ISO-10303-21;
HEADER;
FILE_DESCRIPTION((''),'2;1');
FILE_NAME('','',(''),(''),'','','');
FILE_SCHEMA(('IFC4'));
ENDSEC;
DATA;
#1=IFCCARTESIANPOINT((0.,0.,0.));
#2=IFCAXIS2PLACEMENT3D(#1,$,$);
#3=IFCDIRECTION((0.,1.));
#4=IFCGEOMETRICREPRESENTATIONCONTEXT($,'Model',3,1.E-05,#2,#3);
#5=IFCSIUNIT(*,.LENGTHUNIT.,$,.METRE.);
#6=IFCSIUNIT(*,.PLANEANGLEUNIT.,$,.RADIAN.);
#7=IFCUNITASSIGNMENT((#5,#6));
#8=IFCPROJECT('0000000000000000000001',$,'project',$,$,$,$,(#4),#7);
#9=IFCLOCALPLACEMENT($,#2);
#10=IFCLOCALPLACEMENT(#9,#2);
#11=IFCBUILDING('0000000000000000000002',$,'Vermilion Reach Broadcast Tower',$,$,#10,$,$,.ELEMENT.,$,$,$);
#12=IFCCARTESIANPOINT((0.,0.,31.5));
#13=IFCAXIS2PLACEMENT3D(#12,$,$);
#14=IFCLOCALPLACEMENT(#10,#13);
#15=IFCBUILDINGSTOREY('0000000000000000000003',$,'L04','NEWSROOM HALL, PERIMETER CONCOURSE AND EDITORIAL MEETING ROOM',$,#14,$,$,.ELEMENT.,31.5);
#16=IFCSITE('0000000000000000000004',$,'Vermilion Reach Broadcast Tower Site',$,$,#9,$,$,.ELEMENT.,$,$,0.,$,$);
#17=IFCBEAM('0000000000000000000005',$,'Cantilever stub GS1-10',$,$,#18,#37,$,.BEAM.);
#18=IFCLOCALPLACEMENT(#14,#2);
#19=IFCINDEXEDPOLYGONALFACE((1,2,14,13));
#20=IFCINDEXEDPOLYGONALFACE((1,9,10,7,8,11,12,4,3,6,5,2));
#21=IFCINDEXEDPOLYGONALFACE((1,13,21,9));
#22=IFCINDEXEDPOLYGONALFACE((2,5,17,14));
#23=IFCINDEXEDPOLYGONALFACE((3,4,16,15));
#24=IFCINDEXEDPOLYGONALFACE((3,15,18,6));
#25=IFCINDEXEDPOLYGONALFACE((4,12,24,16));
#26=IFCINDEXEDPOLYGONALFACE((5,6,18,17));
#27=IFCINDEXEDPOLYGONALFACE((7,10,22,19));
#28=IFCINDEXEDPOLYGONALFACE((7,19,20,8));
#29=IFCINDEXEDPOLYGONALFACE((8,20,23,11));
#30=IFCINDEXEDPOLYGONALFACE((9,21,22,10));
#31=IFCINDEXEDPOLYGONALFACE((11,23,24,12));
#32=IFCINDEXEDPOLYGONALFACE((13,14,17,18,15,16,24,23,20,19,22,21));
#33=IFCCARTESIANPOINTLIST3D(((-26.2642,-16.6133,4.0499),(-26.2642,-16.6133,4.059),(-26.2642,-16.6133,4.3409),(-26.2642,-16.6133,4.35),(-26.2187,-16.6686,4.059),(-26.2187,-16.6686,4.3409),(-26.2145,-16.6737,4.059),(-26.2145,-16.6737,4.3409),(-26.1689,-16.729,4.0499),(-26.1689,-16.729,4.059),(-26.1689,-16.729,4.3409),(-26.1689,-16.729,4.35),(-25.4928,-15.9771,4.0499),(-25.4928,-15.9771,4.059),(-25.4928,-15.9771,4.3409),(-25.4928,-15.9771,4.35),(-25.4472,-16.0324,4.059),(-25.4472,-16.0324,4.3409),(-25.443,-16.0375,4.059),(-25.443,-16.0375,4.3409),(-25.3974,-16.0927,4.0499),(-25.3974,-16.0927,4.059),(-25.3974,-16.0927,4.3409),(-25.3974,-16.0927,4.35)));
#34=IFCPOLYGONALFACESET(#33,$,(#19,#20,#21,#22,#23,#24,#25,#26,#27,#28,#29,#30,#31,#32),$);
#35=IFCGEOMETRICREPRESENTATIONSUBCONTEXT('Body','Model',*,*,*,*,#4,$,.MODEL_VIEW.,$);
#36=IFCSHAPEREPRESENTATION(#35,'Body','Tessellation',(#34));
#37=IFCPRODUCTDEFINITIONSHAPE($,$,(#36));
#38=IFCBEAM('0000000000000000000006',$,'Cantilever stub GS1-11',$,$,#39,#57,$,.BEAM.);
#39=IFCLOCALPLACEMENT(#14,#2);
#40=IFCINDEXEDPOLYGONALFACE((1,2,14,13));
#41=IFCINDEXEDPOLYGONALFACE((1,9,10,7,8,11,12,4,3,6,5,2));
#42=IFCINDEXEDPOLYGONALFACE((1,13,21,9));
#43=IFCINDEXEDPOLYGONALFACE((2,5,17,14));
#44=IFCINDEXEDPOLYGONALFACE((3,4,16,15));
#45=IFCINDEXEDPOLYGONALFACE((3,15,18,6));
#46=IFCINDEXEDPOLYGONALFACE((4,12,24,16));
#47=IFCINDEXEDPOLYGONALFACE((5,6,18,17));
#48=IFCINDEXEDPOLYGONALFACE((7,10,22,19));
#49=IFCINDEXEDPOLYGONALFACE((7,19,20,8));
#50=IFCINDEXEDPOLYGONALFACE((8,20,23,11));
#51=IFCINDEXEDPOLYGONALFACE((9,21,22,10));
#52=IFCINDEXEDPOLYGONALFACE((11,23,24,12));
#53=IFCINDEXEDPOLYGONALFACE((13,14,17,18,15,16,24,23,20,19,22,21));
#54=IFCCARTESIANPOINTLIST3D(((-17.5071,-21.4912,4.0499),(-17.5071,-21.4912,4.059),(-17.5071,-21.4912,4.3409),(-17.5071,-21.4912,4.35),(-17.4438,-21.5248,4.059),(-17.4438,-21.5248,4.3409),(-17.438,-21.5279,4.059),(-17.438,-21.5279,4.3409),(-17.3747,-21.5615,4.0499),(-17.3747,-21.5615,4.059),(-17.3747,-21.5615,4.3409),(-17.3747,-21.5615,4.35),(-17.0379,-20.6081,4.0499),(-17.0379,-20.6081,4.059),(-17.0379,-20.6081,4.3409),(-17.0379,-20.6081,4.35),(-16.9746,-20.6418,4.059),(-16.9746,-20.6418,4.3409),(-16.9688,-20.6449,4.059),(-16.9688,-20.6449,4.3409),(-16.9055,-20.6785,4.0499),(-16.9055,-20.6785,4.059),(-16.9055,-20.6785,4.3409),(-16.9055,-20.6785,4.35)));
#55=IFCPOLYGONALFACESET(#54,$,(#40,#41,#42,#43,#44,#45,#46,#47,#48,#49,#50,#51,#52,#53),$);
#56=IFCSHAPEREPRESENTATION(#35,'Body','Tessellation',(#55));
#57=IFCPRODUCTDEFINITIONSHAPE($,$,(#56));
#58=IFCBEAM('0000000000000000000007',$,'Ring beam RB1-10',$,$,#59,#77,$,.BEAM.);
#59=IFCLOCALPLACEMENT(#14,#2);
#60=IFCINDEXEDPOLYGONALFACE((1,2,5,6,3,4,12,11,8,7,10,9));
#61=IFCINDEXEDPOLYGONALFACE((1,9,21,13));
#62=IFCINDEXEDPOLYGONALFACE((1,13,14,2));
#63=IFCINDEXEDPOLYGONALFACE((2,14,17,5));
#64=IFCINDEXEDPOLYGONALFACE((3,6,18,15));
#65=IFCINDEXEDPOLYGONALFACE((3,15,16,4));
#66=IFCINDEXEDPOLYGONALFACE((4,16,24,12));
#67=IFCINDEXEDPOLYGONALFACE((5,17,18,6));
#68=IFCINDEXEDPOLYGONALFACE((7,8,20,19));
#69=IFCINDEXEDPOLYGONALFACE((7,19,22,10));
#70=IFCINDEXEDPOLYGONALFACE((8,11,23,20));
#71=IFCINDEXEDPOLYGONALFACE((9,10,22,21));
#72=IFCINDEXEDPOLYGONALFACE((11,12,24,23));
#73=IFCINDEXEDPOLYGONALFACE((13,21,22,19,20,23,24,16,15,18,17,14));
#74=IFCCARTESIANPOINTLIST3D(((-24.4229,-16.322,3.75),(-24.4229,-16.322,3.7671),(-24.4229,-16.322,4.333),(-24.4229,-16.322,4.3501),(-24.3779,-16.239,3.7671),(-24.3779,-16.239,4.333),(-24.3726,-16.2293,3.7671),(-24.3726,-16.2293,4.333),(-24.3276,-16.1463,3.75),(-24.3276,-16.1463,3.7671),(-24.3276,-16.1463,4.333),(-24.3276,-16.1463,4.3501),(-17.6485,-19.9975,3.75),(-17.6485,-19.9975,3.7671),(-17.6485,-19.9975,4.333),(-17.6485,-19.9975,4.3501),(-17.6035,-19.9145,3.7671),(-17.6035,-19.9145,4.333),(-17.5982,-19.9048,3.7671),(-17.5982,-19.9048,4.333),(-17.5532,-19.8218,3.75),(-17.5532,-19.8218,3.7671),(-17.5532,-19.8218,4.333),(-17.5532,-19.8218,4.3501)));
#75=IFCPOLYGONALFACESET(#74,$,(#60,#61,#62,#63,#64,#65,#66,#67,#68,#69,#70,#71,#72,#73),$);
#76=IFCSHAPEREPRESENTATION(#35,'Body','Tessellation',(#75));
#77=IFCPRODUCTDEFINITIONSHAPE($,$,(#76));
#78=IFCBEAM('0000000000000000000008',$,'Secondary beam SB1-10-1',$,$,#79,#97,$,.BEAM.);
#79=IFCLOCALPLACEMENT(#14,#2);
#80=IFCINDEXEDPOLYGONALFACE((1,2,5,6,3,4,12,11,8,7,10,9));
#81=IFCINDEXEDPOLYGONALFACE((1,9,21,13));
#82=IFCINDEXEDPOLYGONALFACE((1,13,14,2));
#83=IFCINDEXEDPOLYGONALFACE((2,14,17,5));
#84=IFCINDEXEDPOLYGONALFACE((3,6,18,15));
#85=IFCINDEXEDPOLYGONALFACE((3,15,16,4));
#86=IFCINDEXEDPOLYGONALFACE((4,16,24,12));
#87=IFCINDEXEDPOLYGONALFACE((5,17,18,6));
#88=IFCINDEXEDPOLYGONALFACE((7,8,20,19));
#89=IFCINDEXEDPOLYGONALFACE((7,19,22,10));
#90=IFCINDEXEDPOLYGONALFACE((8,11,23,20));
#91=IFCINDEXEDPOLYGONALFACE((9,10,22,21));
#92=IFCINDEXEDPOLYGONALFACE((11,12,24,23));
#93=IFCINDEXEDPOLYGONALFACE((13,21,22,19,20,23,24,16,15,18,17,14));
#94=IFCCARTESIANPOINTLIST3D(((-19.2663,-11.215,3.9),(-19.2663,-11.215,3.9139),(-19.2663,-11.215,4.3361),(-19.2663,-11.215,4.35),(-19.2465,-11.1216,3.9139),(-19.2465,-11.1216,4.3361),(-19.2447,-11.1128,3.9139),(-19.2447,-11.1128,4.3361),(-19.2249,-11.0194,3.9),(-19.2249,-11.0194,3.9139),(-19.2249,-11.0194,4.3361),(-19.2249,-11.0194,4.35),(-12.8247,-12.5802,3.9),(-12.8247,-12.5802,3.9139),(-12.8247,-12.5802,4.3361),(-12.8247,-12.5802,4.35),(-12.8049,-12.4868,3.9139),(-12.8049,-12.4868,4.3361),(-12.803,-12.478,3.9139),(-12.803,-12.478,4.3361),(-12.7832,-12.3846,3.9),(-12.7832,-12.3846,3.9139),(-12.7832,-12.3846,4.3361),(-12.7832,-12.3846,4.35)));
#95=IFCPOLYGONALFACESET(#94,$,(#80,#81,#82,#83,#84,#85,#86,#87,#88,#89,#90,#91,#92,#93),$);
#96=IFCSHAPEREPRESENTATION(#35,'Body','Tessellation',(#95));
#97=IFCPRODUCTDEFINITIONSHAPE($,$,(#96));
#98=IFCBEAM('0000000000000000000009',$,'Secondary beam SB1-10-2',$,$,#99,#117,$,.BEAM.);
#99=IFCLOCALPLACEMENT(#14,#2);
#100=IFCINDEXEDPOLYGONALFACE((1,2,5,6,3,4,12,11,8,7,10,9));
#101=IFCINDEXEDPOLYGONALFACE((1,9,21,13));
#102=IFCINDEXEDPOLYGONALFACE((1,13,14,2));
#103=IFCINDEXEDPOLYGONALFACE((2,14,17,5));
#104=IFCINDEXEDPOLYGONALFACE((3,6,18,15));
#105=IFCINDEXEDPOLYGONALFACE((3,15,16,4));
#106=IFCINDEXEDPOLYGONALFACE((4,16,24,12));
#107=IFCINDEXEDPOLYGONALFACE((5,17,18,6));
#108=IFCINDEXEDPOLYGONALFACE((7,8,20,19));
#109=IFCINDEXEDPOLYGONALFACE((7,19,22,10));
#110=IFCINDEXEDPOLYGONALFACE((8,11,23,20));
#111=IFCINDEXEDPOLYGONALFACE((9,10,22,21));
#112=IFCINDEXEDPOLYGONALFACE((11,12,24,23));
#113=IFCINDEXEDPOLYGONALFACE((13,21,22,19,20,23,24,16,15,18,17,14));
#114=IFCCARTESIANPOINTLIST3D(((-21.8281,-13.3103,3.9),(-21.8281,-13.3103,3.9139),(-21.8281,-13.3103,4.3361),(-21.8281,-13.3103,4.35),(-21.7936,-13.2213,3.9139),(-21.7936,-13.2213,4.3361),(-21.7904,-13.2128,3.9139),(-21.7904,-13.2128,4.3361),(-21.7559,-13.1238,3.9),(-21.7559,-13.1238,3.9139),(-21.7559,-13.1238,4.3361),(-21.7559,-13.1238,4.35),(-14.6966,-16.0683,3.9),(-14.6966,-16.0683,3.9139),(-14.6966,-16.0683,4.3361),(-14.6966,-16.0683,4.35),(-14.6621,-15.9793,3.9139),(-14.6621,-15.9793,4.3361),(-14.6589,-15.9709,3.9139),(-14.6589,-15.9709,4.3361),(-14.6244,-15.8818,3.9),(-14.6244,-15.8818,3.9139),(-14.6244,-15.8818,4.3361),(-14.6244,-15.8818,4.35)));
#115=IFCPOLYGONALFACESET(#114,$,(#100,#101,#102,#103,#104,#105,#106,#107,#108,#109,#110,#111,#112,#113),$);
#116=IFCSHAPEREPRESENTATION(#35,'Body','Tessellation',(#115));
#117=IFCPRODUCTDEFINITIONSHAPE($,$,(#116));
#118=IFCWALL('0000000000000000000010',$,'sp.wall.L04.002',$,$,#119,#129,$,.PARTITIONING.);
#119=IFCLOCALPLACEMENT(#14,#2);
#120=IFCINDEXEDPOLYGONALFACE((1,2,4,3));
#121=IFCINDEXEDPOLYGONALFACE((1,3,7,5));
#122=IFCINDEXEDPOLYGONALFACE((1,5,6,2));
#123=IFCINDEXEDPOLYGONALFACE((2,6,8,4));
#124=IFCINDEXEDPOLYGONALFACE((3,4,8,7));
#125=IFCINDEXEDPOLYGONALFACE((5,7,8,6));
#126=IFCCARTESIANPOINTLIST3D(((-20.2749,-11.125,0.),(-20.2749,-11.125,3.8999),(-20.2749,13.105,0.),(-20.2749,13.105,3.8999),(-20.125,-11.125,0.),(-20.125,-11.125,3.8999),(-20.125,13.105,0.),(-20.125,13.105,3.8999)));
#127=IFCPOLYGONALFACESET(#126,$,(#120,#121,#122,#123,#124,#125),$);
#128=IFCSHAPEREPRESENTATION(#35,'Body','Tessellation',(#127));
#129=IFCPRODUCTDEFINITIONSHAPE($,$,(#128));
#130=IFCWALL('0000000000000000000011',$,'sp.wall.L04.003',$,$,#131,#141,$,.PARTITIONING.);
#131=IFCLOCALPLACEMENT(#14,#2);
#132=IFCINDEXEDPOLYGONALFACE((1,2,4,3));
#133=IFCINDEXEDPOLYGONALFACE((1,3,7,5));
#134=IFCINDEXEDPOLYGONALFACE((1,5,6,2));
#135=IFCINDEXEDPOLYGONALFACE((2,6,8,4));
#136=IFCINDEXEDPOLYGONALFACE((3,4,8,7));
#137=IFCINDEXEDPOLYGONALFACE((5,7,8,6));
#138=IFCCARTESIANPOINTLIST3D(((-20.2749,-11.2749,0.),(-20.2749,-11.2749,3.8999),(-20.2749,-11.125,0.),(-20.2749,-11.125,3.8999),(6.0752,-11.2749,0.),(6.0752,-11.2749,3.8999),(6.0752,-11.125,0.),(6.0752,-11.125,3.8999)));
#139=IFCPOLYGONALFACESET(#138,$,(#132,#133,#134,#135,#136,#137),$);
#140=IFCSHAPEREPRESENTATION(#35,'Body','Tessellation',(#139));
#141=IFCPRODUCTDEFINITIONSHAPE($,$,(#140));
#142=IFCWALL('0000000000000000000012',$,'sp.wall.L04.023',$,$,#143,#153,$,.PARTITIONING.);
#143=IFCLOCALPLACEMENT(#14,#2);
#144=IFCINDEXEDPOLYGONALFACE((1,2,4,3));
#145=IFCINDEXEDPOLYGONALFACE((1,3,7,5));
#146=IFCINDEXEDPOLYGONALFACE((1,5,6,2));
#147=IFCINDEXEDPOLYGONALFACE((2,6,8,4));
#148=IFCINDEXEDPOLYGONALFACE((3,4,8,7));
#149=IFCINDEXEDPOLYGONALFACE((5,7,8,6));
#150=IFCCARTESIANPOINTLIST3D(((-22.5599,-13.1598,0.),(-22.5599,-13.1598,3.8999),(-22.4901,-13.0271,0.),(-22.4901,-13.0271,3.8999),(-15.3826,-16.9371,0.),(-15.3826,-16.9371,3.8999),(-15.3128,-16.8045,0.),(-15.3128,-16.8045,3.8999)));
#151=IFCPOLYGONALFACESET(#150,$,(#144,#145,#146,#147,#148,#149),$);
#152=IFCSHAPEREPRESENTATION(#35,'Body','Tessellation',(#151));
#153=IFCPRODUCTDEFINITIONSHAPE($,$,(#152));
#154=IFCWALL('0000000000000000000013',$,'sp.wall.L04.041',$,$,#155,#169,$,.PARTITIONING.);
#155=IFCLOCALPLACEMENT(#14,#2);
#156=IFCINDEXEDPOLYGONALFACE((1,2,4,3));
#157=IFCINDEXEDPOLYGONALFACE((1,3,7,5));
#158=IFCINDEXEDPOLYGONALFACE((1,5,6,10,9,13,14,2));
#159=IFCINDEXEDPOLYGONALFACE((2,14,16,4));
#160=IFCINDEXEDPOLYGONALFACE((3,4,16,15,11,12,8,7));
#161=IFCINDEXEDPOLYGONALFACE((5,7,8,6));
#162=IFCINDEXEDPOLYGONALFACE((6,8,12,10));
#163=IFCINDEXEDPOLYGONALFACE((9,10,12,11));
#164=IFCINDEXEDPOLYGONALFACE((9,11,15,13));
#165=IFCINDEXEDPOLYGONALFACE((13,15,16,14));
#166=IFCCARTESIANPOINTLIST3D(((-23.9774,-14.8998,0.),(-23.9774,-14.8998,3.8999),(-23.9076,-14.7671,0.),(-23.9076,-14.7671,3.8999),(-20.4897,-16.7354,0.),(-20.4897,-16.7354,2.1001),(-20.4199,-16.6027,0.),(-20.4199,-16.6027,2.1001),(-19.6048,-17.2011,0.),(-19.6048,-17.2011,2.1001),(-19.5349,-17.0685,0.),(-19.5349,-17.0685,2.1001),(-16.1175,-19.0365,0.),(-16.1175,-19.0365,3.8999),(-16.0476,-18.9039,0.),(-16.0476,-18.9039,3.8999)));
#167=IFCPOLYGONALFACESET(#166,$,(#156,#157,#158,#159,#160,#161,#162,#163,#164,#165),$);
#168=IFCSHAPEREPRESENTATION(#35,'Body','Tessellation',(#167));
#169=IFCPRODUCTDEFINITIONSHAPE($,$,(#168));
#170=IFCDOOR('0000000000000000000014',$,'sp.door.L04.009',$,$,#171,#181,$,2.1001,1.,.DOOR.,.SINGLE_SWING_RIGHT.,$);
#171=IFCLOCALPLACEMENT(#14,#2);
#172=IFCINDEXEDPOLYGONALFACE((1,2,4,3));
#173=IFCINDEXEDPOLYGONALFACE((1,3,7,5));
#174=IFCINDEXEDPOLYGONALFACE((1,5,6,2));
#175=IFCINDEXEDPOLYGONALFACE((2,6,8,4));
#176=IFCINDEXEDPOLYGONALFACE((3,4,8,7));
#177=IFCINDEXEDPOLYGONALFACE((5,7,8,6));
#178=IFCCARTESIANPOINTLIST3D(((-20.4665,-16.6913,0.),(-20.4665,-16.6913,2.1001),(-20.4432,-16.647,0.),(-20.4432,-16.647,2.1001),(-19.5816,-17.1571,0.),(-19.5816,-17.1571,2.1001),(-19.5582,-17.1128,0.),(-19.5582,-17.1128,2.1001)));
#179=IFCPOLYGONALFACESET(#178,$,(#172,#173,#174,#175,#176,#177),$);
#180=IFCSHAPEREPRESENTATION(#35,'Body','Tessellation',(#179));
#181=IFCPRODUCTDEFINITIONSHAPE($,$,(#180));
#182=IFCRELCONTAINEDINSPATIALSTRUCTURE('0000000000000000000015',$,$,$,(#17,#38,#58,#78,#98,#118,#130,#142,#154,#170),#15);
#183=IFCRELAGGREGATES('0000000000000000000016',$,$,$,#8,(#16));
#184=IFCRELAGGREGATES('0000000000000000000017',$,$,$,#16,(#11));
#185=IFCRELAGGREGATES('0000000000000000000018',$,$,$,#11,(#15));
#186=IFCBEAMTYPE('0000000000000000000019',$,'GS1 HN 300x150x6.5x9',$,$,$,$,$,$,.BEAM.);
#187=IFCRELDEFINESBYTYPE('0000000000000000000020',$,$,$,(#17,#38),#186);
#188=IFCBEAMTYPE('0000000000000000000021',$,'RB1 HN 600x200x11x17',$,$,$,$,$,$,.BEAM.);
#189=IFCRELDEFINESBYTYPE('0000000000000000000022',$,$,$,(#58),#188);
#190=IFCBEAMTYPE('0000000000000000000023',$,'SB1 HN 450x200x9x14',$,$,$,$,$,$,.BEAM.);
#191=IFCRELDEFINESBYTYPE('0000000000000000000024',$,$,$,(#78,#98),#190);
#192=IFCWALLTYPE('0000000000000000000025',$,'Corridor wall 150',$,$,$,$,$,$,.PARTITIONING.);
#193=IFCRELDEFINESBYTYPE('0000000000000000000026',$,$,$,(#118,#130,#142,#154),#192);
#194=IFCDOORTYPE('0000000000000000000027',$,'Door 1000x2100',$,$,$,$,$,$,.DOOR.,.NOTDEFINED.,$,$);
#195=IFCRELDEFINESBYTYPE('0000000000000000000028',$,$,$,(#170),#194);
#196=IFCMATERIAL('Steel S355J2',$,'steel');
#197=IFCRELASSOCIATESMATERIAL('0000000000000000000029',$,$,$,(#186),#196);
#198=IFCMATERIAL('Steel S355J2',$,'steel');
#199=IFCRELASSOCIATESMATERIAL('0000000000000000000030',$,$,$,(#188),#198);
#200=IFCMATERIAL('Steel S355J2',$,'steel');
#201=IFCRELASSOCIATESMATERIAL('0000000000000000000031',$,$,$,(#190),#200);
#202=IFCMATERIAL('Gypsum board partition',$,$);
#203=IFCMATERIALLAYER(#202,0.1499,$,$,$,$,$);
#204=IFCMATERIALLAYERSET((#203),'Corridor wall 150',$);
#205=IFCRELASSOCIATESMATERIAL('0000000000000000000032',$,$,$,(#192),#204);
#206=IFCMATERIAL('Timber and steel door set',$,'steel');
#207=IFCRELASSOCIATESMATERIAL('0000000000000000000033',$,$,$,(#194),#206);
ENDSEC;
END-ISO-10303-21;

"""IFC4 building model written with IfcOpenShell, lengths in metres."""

from ifc_helpers import new_model, si_unit, direction, frame, frame_2d, origin, origin_2d, place, context, subcontext, project, spatial, rectangle, i_section, extrude, material, layer, layer_set, material_profile, profile_set, type_object, element, fill, save


model = new_model("IFC4")

# Units and contexts
model_context = context("Model", 3, precision=1e-05, world=origin(), true_north=direction((0.0, 1.0)))
body_context = subcontext(model_context, "Body", "Model", "MODEL_VIEW")
ifc_project = project(units=[si_unit("LENGTHUNIT", "METRE"), si_unit("PLANEANGLEUNIT", "RADIAN")], contexts=[model_context])

# Site, building, storey
site_placement = place(None, origin())
site = spatial("IfcSite", under=ifc_project, at=site_placement, Name="Vermilion Reach Broadcast Tower Site", CompositionType="ELEMENT", RefElevation=0.0)
building_placement = place(site_placement, origin())
building = spatial("IfcBuilding", under=site, at=building_placement, Name="Vermilion Reach Broadcast Tower", CompositionType="ELEMENT")
storey_placement = place(building_placement, frame((0.0, 0.0, 31.5)))
storey = spatial("IfcBuildingStorey", under=building, at=storey_placement, Name="L04", Description="NEWSROOM HALL, PERIMETER CONCOURSE AND EDITORIAL MEETING ROOM", CompositionType="ELEMENT", Elevation=31.5)

# Beams
ifc_material_1 = material(Name="Steel S355J2", Category="steel")
ifc_material_profile_1 = material_profile(ifc_material_1, i_section(OverallWidth=0.1499, OverallDepth=0.3, WebThickness=0.0066, FlangeThickness=0.009, at=origin_2d()), Name="S355J2 HN 300x150x6.5x9")
ifc_profile_set_1 = profile_set([ifc_material_profile_1], Name="Steel S355J2")
beam_type_1 = type_object("IfcBeamType", Name="GS1 HN 300x150x6.5x9", PredefinedType="BEAM", material=ifc_profile_set_1)
for number, where, z_axis, x_axis, name in (
    (1, (-25.4451, -16.0349, 4.2), (-0.771493, -0.636238, 0.0), (0.636238, -0.771493, 0.0), "Cantilever stub GS1-10"),
    (2, (-16.9717, -20.6433, 4.2), (-0.469244, -0.883068, 0.0), (0.883068, -0.469244, 0.0), "Cantilever stub GS1-11"),
):
    element("IfcBeam", number, at=place(storey_placement, frame(where, z_axis=z_axis, x_axis=x_axis)), inside=storey, type_object=beam_type_1, Name=name, PredefinedType="BEAM", context=body_context, shape_type="SweptSolid", body=[
        extrude(i_section(OverallWidth=0.1499, OverallDepth=0.3, WebThickness=0.0066, FlangeThickness=0.009, at=origin_2d()), origin(), (0.0, 0.0, 1.0), 1.0),
    ])
ifc_material_2 = material(Name="Steel S355J2", Category="steel")
ifc_material_profile_2 = material_profile(ifc_material_2, i_section(OverallWidth=0.2, OverallDepth=0.6001, WebThickness=0.011, FlangeThickness=0.0171, at=origin_2d()), Name="S355J2 HN 600x200x11x17")
ifc_profile_set_2 = profile_set([ifc_material_profile_2], Name="Steel S355J2")
beam_type_2 = type_object("IfcBeamType", Name="RB1 HN 600x200x11x17", PredefinedType="BEAM", material=ifc_profile_set_2)
beam_1_placement = place(storey_placement, frame((-24.3752, -16.2341, 4.05), z_axis=(0.878962, -0.476891, 0.0), x_axis=(0.476891, 0.878962, 0.0)))
element("IfcBeam", 3, at=beam_1_placement, inside=storey, type_object=beam_type_2, Name="Ring beam RB1-10", PredefinedType="BEAM", context=body_context, shape_type="SweptSolid", body=[
    extrude(i_section(OverallWidth=0.2, OverallDepth=0.6001, WebThickness=0.011, FlangeThickness=0.0171, at=origin_2d()), origin(), (0.0, 0.0, 1.0), 7.7073),
])
ifc_material_3 = material(Name="Steel S355J2", Category="steel")
ifc_material_profile_3 = material_profile(ifc_material_3, i_section(OverallWidth=0.2, OverallDepth=0.45, WebThickness=0.009, FlangeThickness=0.0139, at=origin_2d()), Name="S355J2 HN 450x200x9x14")
ifc_profile_set_3 = profile_set([ifc_material_profile_3], Name="Steel S355J2")
beam_type_3 = type_object("IfcBeamType", Name="SB1 HN 450x200x9x14", PredefinedType="BEAM", material=ifc_profile_set_3)
beam_2_placement = place(storey_placement, frame((-19.2456, -11.1172, 4.125), z_axis=(0.97827, -0.207333, 0.0), x_axis=(0.207333, 0.97827, 0.0)))
element("IfcBeam", 4, at=beam_2_placement, inside=storey, type_object=beam_type_3, Name="Secondary beam SB1-10-1", PredefinedType="BEAM", context=body_context, shape_type="SweptSolid", body=[
    extrude(i_section(OverallWidth=0.2, OverallDepth=0.45, WebThickness=0.009, FlangeThickness=0.0139, at=origin_2d()), origin(), (0.0, 0.0, 1.0), 6.5847),
])
beam_3_placement = place(storey_placement, frame((-21.792, -13.217, 4.125), z_axis=(0.932681, -0.360703, 0.0), x_axis=(0.360703, 0.932681, 0.0)))
element("IfcBeam", 5, at=beam_3_placement, inside=storey, type_object=beam_type_3, Name="Secondary beam SB1-10-2", PredefinedType="BEAM", context=body_context, shape_type="SweptSolid", body=[
    extrude(i_section(OverallWidth=0.2, OverallDepth=0.45, WebThickness=0.009, FlangeThickness=0.0139, at=origin_2d()), origin(), (0.0, 0.0, 1.0), 7.6462),
])

# Walls
ifc_material_4 = material(Name="Gypsum board partition")
ifc_layer_1 = layer(ifc_material_4, 0.1499)
ifc_layer_set_1 = layer_set([ifc_layer_1], Name="Corridor wall 150")
wall_type_1 = type_object("IfcWallType", Name="Corridor wall 150", PredefinedType="PARTITIONING", material=ifc_layer_set_1)
wall_1_placement = place(storey_placement, frame((-20.2, -11.125, 0.0), z_axis=(0.0, 0.0, 1.0), x_axis=(0.0, 1.0, 0.0)))
element("IfcWall", 6, at=wall_1_placement, inside=storey, type_object=wall_type_1, Name="sp.wall.L04.002", PredefinedType="PARTITIONING", context=body_context, shape_type="SweptSolid", body=[
    extrude(rectangle(XDim=24.23, YDim=0.1499, at=frame_2d((12.115, 0.0))), origin(), (0.0, 0.0, 1.0), 3.8999),
])
wall_2_placement = place(storey_placement, frame((-20.2749, -11.2, 0.0), z_axis=(0.0, 0.0, 1.0), x_axis=(1.0, 0.0, 0.0)))
element("IfcWall", 7, at=wall_2_placement, inside=storey, type_object=wall_type_1, Name="sp.wall.L04.003", PredefinedType="PARTITIONING", context=body_context, shape_type="SweptSolid", body=[
    extrude(rectangle(XDim=26.3501, YDim=0.1499, at=frame_2d((13.175, 0.0))), origin(), (0.0, 0.0, 1.0), 3.8999),
])
wall_3_placement = place(storey_placement, frame((-22.5249, -13.0935, 0.0), z_axis=(0.0, 0.0, 1.0), x_axis=(0.884926, -0.465732, 0.0)))
element("IfcWall", 8, at=wall_3_placement, inside=storey, type_object=wall_type_1, Name="sp.wall.L04.023", PredefinedType="PARTITIONING", context=body_context, shape_type="SweptSolid", body=[
    extrude(rectangle(XDim=8.1106, YDim=0.1499, at=frame_2d((4.0552, 0.0))), origin(), (0.0, 0.0, 1.0), 3.8999),
])

# Wall, opening, door
wall_4_placement = place(storey_placement, frame((-23.9424, -14.8335, 0.0), z_axis=(0.0, 0.0, 1.0), x_axis=(0.884921, -0.465742, 0.0)))
wall_4 = element("IfcWall", 9, at=wall_4_placement, inside=storey, type_object=wall_type_1, Name="sp.wall.L04.041", PredefinedType="PARTITIONING", context=body_context, shape_type="SweptSolid", body=[
    extrude(rectangle(XDim=8.8821, YDim=0.1499, at=frame_2d((4.4409, 0.0))), origin(), (0.0, 0.0, 1.0), 3.8999),
])
opening_1_placement = place(wall_4_placement, frame((3.9412, 0.0, 0.0)))
opening_1 = element("IfcOpeningElement", 10, at=opening_1_placement, cuts=wall_4, PredefinedType="OPENING", context=body_context, shape_type="SweptSolid", body=[
    extrude(rectangle(XDim=1.0, YDim=2.1001, at=frame_2d((0.5, 1.05))), frame((0.0, 0.085, 0.0), z_axis=(0.0, -1.0, 0.0), x_axis=(1.0, 0.0, 0.0)), (0.0, 0.0, 1.0), 0.1699),
])
ifc_material_5 = material(Name="Timber and steel door set", Category="steel")
door_type = type_object("IfcDoorType", Name="Door 1000x2100", OperationType="NOTDEFINED", PredefinedType="DOOR", material=ifc_material_5)
door_placement = place(opening_1_placement, origin())
door = element("IfcDoor", 11, at=door_placement, inside=storey, type_object=door_type, Name="sp.door.L04.009", OperationType="SINGLE_SWING_RIGHT", OverallHeight=2.1001, OverallWidth=1.0, PredefinedType="DOOR", context=body_context, shape_type="SweptSolid", body=[
    extrude(rectangle(XDim=1.0, YDim=2.1001, at=frame_2d((0.5, 1.05))), frame((0.0, 0.0249, 0.0), z_axis=(0.0, -1.0, 0.0), x_axis=(1.0, 0.0, 0.0)), (0.0, 0.0, 1.0), 0.05),
])
fill(opening_1, door)

save(model, "model.ifc")
